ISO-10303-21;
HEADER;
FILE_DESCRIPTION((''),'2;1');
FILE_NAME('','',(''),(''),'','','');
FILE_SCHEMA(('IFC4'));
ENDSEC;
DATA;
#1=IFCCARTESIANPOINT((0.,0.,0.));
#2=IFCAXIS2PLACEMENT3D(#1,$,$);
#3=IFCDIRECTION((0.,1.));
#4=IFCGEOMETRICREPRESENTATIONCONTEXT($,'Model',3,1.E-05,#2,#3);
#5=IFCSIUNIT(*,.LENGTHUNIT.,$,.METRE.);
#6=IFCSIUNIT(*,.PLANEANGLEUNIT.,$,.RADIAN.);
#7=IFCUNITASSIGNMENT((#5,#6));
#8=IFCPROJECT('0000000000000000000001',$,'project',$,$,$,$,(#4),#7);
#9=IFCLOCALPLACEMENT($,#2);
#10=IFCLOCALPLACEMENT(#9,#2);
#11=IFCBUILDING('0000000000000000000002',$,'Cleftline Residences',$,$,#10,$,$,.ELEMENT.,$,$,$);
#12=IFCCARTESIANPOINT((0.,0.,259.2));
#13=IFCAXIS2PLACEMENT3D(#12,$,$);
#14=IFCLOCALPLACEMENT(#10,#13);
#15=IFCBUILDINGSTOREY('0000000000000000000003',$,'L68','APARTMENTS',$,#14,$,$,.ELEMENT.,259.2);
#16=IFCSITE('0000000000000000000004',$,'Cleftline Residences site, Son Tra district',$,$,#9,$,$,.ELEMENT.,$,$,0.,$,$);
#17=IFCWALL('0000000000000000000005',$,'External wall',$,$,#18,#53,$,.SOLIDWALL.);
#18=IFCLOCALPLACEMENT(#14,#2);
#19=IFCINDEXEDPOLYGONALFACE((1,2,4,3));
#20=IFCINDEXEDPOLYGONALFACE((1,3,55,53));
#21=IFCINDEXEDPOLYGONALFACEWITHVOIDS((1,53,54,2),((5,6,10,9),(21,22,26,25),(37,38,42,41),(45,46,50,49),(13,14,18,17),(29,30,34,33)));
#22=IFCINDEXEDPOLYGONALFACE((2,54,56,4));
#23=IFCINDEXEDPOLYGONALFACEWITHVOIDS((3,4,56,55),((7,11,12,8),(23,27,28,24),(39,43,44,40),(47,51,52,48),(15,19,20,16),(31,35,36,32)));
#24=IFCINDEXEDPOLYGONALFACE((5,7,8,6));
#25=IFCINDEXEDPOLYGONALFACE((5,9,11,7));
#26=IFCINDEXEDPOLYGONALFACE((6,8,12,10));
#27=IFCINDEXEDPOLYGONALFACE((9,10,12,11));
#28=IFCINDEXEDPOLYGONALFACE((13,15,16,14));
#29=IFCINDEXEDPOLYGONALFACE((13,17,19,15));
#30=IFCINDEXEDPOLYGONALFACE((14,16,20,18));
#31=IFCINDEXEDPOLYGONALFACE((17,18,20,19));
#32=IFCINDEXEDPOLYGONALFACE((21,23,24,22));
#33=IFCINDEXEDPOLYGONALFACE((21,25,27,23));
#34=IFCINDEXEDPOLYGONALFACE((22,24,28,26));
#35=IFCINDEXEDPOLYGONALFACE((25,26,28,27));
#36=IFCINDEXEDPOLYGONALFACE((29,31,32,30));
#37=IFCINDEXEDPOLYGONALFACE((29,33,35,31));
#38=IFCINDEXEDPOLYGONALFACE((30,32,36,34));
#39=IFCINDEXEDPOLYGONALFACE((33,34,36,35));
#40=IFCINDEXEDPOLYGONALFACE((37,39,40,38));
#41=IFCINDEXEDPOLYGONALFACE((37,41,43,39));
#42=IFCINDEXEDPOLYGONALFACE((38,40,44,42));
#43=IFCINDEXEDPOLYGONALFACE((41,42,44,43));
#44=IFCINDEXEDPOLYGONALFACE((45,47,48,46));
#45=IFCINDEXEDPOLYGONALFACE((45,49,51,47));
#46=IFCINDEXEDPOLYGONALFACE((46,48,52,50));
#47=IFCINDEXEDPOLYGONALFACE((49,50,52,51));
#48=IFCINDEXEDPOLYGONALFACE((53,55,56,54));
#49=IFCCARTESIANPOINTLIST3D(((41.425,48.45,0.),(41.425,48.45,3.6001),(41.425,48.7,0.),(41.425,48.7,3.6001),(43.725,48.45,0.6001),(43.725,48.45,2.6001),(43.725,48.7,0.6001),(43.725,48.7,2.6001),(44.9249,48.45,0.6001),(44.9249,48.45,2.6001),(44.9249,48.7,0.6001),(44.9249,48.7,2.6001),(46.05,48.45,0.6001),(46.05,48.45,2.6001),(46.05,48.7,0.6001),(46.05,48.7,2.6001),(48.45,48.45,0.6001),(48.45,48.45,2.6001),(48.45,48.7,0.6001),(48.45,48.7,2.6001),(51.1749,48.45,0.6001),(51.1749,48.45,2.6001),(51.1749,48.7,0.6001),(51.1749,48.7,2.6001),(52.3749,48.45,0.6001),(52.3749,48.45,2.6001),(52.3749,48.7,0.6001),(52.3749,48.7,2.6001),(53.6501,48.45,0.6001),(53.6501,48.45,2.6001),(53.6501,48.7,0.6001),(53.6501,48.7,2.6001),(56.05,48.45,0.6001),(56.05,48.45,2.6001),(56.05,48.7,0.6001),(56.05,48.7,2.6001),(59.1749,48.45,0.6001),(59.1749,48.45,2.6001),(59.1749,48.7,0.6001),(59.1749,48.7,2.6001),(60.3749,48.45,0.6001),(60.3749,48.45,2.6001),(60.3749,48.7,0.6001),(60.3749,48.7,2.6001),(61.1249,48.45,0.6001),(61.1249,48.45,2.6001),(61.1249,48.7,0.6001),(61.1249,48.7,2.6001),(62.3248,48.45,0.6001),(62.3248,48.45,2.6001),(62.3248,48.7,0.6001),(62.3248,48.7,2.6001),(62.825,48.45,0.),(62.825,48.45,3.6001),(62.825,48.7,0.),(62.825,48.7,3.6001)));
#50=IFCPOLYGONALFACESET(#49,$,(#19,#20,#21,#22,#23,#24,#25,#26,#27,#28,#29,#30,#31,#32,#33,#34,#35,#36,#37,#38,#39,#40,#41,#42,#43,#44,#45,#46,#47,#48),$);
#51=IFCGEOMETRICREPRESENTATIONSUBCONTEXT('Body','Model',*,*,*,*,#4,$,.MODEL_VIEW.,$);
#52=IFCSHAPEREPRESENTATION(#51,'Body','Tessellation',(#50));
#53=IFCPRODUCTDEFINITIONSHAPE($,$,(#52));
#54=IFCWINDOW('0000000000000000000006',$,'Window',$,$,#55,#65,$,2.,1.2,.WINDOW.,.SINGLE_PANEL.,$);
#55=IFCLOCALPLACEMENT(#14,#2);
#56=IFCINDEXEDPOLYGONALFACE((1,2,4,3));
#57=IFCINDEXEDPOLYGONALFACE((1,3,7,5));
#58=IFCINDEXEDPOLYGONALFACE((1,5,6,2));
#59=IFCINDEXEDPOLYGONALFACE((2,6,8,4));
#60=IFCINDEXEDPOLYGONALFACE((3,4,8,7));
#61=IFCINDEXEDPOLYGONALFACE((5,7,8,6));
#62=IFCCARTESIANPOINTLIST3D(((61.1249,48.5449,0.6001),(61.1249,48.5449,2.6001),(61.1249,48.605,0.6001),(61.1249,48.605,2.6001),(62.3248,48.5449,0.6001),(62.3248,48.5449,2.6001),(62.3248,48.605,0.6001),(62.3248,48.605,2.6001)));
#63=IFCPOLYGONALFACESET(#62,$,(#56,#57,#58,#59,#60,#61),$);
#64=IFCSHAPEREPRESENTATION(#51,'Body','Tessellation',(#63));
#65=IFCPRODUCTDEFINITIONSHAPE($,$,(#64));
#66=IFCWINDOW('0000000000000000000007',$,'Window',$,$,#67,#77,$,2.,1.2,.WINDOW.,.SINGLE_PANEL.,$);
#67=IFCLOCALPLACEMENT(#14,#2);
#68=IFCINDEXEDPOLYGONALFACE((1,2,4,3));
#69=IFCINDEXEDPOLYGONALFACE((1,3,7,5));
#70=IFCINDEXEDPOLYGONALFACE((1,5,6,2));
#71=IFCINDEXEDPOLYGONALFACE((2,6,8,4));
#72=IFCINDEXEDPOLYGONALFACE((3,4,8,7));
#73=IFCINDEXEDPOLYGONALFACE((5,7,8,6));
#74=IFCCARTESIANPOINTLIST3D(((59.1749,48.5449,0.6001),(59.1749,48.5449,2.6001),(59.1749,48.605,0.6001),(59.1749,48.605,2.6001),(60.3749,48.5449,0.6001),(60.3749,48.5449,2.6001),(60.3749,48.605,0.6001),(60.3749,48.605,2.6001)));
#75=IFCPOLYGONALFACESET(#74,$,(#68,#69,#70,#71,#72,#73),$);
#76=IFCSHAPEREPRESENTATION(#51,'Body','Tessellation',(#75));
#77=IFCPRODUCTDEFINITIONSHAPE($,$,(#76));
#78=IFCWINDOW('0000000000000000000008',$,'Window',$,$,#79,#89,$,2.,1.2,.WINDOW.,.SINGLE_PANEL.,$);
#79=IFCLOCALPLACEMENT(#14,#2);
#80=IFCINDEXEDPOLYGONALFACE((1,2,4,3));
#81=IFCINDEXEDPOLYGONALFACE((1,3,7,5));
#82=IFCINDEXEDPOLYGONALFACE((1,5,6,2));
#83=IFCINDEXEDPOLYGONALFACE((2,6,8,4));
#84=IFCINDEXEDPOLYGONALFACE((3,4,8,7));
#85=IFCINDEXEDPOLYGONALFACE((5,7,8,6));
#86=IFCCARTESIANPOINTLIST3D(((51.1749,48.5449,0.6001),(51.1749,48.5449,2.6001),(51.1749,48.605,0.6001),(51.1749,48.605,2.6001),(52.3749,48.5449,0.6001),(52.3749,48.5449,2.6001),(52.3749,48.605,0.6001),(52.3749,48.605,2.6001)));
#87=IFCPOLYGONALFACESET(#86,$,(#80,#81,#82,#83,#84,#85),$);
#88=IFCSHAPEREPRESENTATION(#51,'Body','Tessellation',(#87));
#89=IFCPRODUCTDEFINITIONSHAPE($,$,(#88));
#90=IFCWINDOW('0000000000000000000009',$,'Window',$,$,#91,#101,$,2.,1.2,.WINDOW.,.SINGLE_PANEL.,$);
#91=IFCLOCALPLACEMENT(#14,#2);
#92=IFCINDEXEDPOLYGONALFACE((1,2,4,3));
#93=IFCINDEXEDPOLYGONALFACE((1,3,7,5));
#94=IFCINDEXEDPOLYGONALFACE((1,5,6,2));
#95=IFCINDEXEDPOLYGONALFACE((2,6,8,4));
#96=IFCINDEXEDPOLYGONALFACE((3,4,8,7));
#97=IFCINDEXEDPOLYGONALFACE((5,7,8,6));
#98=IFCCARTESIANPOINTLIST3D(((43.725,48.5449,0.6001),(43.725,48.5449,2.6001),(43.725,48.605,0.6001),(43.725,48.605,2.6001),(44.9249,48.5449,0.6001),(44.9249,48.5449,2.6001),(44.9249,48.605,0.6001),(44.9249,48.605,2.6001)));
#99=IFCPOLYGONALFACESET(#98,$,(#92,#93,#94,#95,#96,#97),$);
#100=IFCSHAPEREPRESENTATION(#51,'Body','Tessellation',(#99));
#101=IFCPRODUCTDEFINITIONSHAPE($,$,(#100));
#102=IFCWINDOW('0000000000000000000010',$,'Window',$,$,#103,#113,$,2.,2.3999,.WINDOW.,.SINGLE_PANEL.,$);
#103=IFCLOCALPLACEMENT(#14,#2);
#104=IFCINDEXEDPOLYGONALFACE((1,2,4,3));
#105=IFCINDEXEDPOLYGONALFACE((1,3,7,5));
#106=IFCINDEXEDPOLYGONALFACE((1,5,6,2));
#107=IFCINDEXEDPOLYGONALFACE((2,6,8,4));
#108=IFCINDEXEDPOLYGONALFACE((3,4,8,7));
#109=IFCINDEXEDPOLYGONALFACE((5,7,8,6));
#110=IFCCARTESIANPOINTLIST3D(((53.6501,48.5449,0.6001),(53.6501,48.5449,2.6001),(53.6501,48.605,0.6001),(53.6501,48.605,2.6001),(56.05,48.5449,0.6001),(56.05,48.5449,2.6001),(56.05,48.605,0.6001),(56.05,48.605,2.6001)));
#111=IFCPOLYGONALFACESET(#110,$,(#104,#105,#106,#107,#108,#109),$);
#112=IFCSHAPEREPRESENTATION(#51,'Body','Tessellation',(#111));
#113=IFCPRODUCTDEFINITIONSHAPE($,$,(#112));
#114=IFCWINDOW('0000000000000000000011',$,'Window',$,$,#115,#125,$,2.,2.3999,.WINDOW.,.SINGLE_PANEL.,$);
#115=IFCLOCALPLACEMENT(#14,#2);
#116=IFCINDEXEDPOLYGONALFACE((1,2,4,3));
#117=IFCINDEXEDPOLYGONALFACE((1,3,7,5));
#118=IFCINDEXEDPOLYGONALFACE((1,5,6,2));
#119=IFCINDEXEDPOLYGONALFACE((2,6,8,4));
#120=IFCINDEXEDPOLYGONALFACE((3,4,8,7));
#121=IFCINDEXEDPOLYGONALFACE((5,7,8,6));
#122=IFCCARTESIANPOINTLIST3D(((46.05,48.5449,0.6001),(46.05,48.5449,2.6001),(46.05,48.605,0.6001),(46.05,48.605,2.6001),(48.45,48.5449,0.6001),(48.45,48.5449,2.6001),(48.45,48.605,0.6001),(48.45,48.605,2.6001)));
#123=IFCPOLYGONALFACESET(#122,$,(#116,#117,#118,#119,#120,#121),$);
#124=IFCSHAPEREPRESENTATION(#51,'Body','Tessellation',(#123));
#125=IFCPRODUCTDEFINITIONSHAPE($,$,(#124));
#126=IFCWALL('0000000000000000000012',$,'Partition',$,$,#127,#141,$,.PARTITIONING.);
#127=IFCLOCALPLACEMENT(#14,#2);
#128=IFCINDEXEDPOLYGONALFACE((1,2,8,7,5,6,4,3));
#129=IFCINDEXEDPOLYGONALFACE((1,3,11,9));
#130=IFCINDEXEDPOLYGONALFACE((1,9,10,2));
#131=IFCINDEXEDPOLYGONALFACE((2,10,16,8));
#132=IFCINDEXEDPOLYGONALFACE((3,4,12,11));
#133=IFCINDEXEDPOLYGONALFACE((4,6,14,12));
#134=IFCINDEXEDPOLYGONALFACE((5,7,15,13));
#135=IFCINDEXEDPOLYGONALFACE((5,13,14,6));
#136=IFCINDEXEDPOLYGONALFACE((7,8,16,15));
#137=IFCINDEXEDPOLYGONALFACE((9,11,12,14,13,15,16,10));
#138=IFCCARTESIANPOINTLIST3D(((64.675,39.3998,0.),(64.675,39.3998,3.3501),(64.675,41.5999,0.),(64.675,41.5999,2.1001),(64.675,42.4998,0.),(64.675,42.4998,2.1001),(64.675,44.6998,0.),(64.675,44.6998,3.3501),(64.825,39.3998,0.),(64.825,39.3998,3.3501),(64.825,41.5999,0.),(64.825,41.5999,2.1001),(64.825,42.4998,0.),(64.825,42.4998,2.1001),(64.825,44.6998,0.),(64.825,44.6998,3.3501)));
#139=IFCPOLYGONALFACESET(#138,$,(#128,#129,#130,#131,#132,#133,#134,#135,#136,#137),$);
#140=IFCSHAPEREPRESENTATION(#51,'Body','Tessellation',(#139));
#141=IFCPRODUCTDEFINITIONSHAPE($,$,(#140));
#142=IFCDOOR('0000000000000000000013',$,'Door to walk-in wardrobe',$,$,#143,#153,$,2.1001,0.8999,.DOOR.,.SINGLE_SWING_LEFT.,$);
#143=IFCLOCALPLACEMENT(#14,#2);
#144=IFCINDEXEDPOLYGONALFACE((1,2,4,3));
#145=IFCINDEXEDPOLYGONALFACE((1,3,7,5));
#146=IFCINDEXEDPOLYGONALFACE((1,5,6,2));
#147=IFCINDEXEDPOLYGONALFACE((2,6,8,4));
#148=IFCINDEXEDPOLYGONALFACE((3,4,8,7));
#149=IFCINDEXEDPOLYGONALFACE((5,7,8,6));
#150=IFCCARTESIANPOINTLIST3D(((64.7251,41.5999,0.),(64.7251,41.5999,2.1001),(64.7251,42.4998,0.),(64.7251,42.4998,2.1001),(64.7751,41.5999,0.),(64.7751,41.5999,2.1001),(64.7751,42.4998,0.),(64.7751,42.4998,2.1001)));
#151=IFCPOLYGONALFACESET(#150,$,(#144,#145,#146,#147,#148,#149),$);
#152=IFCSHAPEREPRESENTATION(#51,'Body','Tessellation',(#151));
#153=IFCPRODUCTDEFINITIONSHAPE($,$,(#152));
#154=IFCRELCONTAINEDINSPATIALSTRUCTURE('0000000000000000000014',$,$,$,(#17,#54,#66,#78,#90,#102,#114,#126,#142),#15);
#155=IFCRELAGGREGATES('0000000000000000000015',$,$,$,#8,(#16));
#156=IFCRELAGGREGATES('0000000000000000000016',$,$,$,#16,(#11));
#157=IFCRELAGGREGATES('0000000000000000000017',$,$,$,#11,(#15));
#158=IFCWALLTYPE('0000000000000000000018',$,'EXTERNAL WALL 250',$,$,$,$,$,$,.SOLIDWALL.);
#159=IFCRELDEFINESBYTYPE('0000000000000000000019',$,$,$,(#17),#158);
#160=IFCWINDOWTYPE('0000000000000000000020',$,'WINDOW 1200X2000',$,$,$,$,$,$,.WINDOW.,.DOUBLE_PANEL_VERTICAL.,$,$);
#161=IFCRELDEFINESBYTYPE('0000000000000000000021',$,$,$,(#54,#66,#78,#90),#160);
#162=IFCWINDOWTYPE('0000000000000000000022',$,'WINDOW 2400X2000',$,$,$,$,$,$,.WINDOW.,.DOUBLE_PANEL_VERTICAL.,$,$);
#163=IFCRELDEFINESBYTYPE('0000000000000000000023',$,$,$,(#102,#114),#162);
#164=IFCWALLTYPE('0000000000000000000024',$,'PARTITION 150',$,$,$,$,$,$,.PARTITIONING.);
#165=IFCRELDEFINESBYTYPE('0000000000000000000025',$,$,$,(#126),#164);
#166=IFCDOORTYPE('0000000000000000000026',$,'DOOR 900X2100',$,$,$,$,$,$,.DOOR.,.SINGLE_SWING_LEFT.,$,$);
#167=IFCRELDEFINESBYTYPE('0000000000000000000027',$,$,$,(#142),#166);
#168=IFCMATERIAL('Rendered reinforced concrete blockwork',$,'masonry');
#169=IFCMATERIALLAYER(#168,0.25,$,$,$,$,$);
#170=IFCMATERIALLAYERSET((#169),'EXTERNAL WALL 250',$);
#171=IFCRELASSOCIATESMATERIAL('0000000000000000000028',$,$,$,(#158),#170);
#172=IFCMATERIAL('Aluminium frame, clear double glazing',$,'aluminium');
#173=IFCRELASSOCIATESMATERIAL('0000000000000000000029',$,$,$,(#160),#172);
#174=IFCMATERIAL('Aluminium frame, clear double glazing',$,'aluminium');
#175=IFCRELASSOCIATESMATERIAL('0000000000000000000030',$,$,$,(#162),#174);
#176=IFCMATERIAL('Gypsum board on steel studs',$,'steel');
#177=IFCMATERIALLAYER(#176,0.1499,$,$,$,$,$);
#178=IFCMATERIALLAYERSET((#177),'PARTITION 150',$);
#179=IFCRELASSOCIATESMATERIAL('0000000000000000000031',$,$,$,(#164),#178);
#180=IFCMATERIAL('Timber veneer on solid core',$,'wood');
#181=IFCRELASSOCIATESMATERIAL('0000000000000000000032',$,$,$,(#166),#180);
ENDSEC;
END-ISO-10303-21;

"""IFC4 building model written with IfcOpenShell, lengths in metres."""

from ifc_helpers import new_model, si_unit, direction, frame, frame_2d, origin, place, context, subcontext, project, spatial, rectangle, extrude, material, layer, layer_set, type_object, element, fill, save


model = new_model("IFC4")

# Units and contexts
model_context = context("Model", 3, precision=1e-05, world=origin(), true_north=direction((0.0, 1.0)))
body_context = subcontext(model_context, "Body", "Model", "MODEL_VIEW")
ifc_project = project(units=[si_unit("LENGTHUNIT", "METRE"), si_unit("PLANEANGLEUNIT", "RADIAN")], contexts=[model_context])

# Site, building, storey
site_placement = place(None, origin())
site = spatial("IfcSite", under=ifc_project, at=site_placement, Name="Cleftline Residences site, Son Tra district", CompositionType="ELEMENT", RefElevation=0.0)
building_placement = place(site_placement, origin())
building = spatial("IfcBuilding", under=site, at=building_placement, Name="Cleftline Residences", CompositionType="ELEMENT")
storey_placement = place(building_placement, frame((0.0, 0.0, 259.2)))
storey = spatial("IfcBuildingStorey", under=building, at=storey_placement, Name="L68", Description="APARTMENTS", CompositionType="ELEMENT", Elevation=259.2)

# Shared definitions
ifc_material_1 = material(Name="Rendered reinforced concrete blockwork", Category="masonry")
ifc_layer_1 = layer(ifc_material_1, 0.25)
ifc_layer_set_1 = layer_set([ifc_layer_1], Name="EXTERNAL WALL 250")
wall_type_1 = type_object("IfcWallType", Name="EXTERNAL WALL 250", PredefinedType="SOLIDWALL", material=ifc_layer_set_1)
ifc_material_2 = material(Name="Aluminium frame, clear double glazing", Category="aluminium")
window_type_1 = type_object("IfcWindowType", Name="WINDOW 1200X2000", PartitioningType="DOUBLE_PANEL_VERTICAL", PredefinedType="WINDOW", material=ifc_material_2)

# Shared definitions
ifc_material_3 = material(Name="Aluminium frame, clear double glazing", Category="aluminium")
window_type_2 = type_object("IfcWindowType", Name="WINDOW 2400X2000", PartitioningType="DOUBLE_PANEL_VERTICAL", PredefinedType="WINDOW", material=ifc_material_3)

# Wall, openings, windows
wall_1_placement = place(storey_placement, frame((62.825, 48.575, 0.0), z_axis=(0.0, 0.0, 1.0), x_axis=(-1.0, 0.0, 0.0)))
wall_1 = element("IfcWall", 1, at=wall_1_placement, inside=storey, type_object=wall_type_1, Name="External wall", PredefinedType="SOLIDWALL", context=body_context, shape_type="SweptSolid", body=[
    extrude(rectangle(XDim=21.3999, YDim=0.25, at=frame_2d((10.7, 0.0))), origin(), (0.0, 0.0, 1.0), 3.6001),
])
opening_1_placement = place(wall_1_placement, frame((0.5, 0.0, 0.6001)))
opening_1 = element("IfcOpeningElement", 2, at=opening_1_placement, cuts=wall_1, PredefinedType="OPENING", context=body_context, shape_type="SweptSolid", body=[
    extrude(rectangle(XDim=1.2, YDim=2.0, at=frame_2d((0.6001, 1.0))), frame((0.0, 0.135, 0.0), z_axis=(0.0, -1.0, 0.0), x_axis=(1.0, 0.0, 0.0)), (0.0, 0.0, 1.0), 0.27),
])
opening_2_placement = place(wall_1_placement, frame((2.45, 0.0, 0.6001)))
opening_2 = element("IfcOpeningElement", 3, at=opening_2_placement, cuts=wall_1, PredefinedType="OPENING", context=body_context, shape_type="SweptSolid", body=[
    extrude(rectangle(XDim=1.2, YDim=2.0, at=frame_2d((0.6001, 1.0))), frame((0.0, 0.135, 0.0), z_axis=(0.0, -1.0, 0.0), x_axis=(1.0, 0.0, 0.0)), (0.0, 0.0, 1.0), 0.27),
])
opening_3_placement = place(wall_1_placement, frame((6.7749, 0.0, 0.6001)))
opening_3 = element("IfcOpeningElement", 4, at=opening_3_placement, cuts=wall_1, PredefinedType="OPENING", context=body_context, shape_type="SweptSolid", body=[
    extrude(rectangle(XDim=2.3999, YDim=2.0, at=frame_2d((1.2, 1.0))), frame((0.0, 0.135, 0.0), z_axis=(0.0, -1.0, 0.0), x_axis=(1.0, 0.0, 0.0)), (0.0, 0.0, 1.0), 0.27),
])
opening_4_placement = place(wall_1_placement, frame((10.45, 0.0, 0.6001)))
opening_4 = element("IfcOpeningElement", 5, at=opening_4_placement, cuts=wall_1, PredefinedType="OPENING", context=body_context, shape_type="SweptSolid", body=[
    extrude(rectangle(XDim=1.2, YDim=2.0, at=frame_2d((0.6001, 1.0))), frame((0.0, 0.135, 0.0), z_axis=(0.0, -1.0, 0.0), x_axis=(1.0, 0.0, 0.0)), (0.0, 0.0, 1.0), 0.27),
])
opening_5_placement = place(wall_1_placement, frame((14.375, 0.0, 0.6001)))
opening_5 = element("IfcOpeningElement", 6, at=opening_5_placement, cuts=wall_1, PredefinedType="OPENING", context=body_context, shape_type="SweptSolid", body=[
    extrude(rectangle(XDim=2.3999, YDim=2.0, at=frame_2d((1.2, 1.0))), frame((0.0, 0.135, 0.0), z_axis=(0.0, -1.0, 0.0), x_axis=(1.0, 0.0, 0.0)), (0.0, 0.0, 1.0), 0.27),
])
opening_6_placement = place(wall_1_placement, frame((17.8999, 0.0, 0.6001)))
opening_6 = element("IfcOpeningElement", 7, at=opening_6_placement, cuts=wall_1, PredefinedType="OPENING", context=body_context, shape_type="SweptSolid", body=[
    extrude(rectangle(XDim=1.2, YDim=2.0, at=frame_2d((0.6001, 1.0))), frame((0.0, 0.135, 0.0), z_axis=(0.0, -1.0, 0.0), x_axis=(1.0, 0.0, 0.0)), (0.0, 0.0, 1.0), 0.27),
])
window_1_placement = place(opening_1_placement, origin())
window_1 = element("IfcWindow", 8, at=window_1_placement, inside=storey, type_object=window_type_1, Name="Window", OverallHeight=2.0, OverallWidth=1.2, PartitioningType="SINGLE_PANEL", PredefinedType="WINDOW", context=body_context, shape_type="SweptSolid", body=[
    extrude(rectangle(XDim=1.2, YDim=2.0, at=frame_2d((0.6001, 1.0))), frame((0.0, 0.03, 0.0), z_axis=(0.0, -1.0, 0.0), x_axis=(1.0, 0.0, 0.0)), (0.0, 0.0, 1.0), 0.0601),
])
fill(opening_1, window_1)
window_2_placement = place(opening_2_placement, origin())
window_2 = element("IfcWindow", 9, at=window_2_placement, inside=storey, type_object=window_type_1, Name="Window", OverallHeight=2.0, OverallWidth=1.2, PartitioningType="SINGLE_PANEL", PredefinedType="WINDOW", context=body_context, shape_type="SweptSolid", body=[
    extrude(rectangle(XDim=1.2, YDim=2.0, at=frame_2d((0.6001, 1.0))), frame((0.0, 0.03, 0.0), z_axis=(0.0, -1.0, 0.0), x_axis=(1.0, 0.0, 0.0)), (0.0, 0.0, 1.0), 0.0601),
])
fill(opening_2, window_2)
window_3_placement = place(opening_4_placement, origin())
window_3 = element("IfcWindow", 10, at=window_3_placement, inside=storey, type_object=window_type_1, Name="Window", OverallHeight=2.0, OverallWidth=1.2, PartitioningType="SINGLE_PANEL", PredefinedType="WINDOW", context=body_context, shape_type="SweptSolid", body=[
    extrude(rectangle(XDim=1.2, YDim=2.0, at=frame_2d((0.6001, 1.0))), frame((0.0, 0.03, 0.0), z_axis=(0.0, -1.0, 0.0), x_axis=(1.0, 0.0, 0.0)), (0.0, 0.0, 1.0), 0.0601),
])
fill(opening_4, window_3)
window_4_placement = place(opening_6_placement, origin())
window_4 = element("IfcWindow", 11, at=window_4_placement, inside=storey, type_object=window_type_1, Name="Window", OverallHeight=2.0, OverallWidth=1.2, PartitioningType="SINGLE_PANEL", PredefinedType="WINDOW", context=body_context, shape_type="SweptSolid", body=[
    extrude(rectangle(XDim=1.2, YDim=2.0, at=frame_2d((0.6001, 1.0))), frame((0.0, 0.03, 0.0), z_axis=(0.0, -1.0, 0.0), x_axis=(1.0, 0.0, 0.0)), (0.0, 0.0, 1.0), 0.0601),
])
fill(opening_6, window_4)
window_5_placement = place(opening_3_placement, origin())
window_5 = element("IfcWindow", 12, at=window_5_placement, inside=storey, type_object=window_type_2, Name="Window", OverallHeight=2.0, OverallWidth=2.3999, PartitioningType="SINGLE_PANEL", PredefinedType="WINDOW", context=body_context, shape_type="SweptSolid", body=[
    extrude(rectangle(XDim=2.3999, YDim=2.0, at=frame_2d((1.2, 1.0))), frame((0.0, 0.03, 0.0), z_axis=(0.0, -1.0, 0.0), x_axis=(1.0, 0.0, 0.0)), (0.0, 0.0, 1.0), 0.0601),
])
fill(opening_3, window_5)
window_6_placement = place(opening_5_placement, origin())
window_6 = element("IfcWindow", 13, at=window_6_placement, inside=storey, type_object=window_type_2, Name="Window", OverallHeight=2.0, OverallWidth=2.3999, PartitioningType="SINGLE_PANEL", PredefinedType="WINDOW", context=body_context, shape_type="SweptSolid", body=[
    extrude(rectangle(XDim=2.3999, YDim=2.0, at=frame_2d((1.2, 1.0))), frame((0.0, 0.03, 0.0), z_axis=(0.0, -1.0, 0.0), x_axis=(1.0, 0.0, 0.0)), (0.0, 0.0, 1.0), 0.0601),
])
fill(opening_5, window_6)

# Wall, opening, door
ifc_material_4 = material(Name="Gypsum board on steel studs", Category="steel")
ifc_layer_2 = layer(ifc_material_4, 0.1499)
ifc_layer_set_2 = layer_set([ifc_layer_2], Name="PARTITION 150")
wall_type_2 = type_object("IfcWallType", Name="PARTITION 150", PredefinedType="PARTITIONING", material=ifc_layer_set_2)
wall_2_placement = place(storey_placement, frame((64.75, 39.3999, 0.0), z_axis=(0.0, 0.0, 1.0), x_axis=(0.0, 1.0, 0.0)))
wall_2 = element("IfcWall", 14, at=wall_2_placement, inside=storey, type_object=wall_type_2, Name="Partition", PredefinedType="PARTITIONING", context=body_context, shape_type="SweptSolid", body=[
    extrude(rectangle(XDim=5.3, YDim=0.1499, at=frame_2d((2.6499, 0.0))), origin(), (0.0, 0.0, 1.0), 3.3501),
])
opening_7_placement = place(wall_2_placement, frame((2.2, 0.0, 0.0)))
opening_7 = element("IfcOpeningElement", 15, at=opening_7_placement, cuts=wall_2, PredefinedType="OPENING", context=body_context, shape_type="SweptSolid", body=[
    extrude(rectangle(XDim=0.8999, YDim=2.1001, at=frame_2d((0.45, 1.05))), frame((0.0, 0.085, 0.0), z_axis=(0.0, -1.0, 0.0), x_axis=(1.0, 0.0, 0.0)), (0.0, 0.0, 1.0), 0.1699),
])
ifc_material_5 = material(Name="Timber veneer on solid core", Category="wood")
door_type = type_object("IfcDoorType", Name="DOOR 900X2100", OperationType="SINGLE_SWING_LEFT", PredefinedType="DOOR", material=ifc_material_5)
door_placement = place(opening_7_placement, origin())
door = element("IfcDoor", 16, at=door_placement, inside=storey, type_object=door_type, Name="Door to walk-in wardrobe", OperationType="SINGLE_SWING_LEFT", OverallHeight=2.1001, OverallWidth=0.8999, PredefinedType="DOOR", context=body_context, shape_type="SweptSolid", body=[
    extrude(rectangle(XDim=0.8999, YDim=2.1001, at=frame_2d((0.45, 1.05))), frame((0.0, 0.0249, 0.0), z_axis=(0.0, -1.0, 0.0), x_axis=(1.0, 0.0, 0.0)), (0.0, 0.0, 1.0), 0.05),
])
fill(opening_7, door)

save(model, "model.ifc")
